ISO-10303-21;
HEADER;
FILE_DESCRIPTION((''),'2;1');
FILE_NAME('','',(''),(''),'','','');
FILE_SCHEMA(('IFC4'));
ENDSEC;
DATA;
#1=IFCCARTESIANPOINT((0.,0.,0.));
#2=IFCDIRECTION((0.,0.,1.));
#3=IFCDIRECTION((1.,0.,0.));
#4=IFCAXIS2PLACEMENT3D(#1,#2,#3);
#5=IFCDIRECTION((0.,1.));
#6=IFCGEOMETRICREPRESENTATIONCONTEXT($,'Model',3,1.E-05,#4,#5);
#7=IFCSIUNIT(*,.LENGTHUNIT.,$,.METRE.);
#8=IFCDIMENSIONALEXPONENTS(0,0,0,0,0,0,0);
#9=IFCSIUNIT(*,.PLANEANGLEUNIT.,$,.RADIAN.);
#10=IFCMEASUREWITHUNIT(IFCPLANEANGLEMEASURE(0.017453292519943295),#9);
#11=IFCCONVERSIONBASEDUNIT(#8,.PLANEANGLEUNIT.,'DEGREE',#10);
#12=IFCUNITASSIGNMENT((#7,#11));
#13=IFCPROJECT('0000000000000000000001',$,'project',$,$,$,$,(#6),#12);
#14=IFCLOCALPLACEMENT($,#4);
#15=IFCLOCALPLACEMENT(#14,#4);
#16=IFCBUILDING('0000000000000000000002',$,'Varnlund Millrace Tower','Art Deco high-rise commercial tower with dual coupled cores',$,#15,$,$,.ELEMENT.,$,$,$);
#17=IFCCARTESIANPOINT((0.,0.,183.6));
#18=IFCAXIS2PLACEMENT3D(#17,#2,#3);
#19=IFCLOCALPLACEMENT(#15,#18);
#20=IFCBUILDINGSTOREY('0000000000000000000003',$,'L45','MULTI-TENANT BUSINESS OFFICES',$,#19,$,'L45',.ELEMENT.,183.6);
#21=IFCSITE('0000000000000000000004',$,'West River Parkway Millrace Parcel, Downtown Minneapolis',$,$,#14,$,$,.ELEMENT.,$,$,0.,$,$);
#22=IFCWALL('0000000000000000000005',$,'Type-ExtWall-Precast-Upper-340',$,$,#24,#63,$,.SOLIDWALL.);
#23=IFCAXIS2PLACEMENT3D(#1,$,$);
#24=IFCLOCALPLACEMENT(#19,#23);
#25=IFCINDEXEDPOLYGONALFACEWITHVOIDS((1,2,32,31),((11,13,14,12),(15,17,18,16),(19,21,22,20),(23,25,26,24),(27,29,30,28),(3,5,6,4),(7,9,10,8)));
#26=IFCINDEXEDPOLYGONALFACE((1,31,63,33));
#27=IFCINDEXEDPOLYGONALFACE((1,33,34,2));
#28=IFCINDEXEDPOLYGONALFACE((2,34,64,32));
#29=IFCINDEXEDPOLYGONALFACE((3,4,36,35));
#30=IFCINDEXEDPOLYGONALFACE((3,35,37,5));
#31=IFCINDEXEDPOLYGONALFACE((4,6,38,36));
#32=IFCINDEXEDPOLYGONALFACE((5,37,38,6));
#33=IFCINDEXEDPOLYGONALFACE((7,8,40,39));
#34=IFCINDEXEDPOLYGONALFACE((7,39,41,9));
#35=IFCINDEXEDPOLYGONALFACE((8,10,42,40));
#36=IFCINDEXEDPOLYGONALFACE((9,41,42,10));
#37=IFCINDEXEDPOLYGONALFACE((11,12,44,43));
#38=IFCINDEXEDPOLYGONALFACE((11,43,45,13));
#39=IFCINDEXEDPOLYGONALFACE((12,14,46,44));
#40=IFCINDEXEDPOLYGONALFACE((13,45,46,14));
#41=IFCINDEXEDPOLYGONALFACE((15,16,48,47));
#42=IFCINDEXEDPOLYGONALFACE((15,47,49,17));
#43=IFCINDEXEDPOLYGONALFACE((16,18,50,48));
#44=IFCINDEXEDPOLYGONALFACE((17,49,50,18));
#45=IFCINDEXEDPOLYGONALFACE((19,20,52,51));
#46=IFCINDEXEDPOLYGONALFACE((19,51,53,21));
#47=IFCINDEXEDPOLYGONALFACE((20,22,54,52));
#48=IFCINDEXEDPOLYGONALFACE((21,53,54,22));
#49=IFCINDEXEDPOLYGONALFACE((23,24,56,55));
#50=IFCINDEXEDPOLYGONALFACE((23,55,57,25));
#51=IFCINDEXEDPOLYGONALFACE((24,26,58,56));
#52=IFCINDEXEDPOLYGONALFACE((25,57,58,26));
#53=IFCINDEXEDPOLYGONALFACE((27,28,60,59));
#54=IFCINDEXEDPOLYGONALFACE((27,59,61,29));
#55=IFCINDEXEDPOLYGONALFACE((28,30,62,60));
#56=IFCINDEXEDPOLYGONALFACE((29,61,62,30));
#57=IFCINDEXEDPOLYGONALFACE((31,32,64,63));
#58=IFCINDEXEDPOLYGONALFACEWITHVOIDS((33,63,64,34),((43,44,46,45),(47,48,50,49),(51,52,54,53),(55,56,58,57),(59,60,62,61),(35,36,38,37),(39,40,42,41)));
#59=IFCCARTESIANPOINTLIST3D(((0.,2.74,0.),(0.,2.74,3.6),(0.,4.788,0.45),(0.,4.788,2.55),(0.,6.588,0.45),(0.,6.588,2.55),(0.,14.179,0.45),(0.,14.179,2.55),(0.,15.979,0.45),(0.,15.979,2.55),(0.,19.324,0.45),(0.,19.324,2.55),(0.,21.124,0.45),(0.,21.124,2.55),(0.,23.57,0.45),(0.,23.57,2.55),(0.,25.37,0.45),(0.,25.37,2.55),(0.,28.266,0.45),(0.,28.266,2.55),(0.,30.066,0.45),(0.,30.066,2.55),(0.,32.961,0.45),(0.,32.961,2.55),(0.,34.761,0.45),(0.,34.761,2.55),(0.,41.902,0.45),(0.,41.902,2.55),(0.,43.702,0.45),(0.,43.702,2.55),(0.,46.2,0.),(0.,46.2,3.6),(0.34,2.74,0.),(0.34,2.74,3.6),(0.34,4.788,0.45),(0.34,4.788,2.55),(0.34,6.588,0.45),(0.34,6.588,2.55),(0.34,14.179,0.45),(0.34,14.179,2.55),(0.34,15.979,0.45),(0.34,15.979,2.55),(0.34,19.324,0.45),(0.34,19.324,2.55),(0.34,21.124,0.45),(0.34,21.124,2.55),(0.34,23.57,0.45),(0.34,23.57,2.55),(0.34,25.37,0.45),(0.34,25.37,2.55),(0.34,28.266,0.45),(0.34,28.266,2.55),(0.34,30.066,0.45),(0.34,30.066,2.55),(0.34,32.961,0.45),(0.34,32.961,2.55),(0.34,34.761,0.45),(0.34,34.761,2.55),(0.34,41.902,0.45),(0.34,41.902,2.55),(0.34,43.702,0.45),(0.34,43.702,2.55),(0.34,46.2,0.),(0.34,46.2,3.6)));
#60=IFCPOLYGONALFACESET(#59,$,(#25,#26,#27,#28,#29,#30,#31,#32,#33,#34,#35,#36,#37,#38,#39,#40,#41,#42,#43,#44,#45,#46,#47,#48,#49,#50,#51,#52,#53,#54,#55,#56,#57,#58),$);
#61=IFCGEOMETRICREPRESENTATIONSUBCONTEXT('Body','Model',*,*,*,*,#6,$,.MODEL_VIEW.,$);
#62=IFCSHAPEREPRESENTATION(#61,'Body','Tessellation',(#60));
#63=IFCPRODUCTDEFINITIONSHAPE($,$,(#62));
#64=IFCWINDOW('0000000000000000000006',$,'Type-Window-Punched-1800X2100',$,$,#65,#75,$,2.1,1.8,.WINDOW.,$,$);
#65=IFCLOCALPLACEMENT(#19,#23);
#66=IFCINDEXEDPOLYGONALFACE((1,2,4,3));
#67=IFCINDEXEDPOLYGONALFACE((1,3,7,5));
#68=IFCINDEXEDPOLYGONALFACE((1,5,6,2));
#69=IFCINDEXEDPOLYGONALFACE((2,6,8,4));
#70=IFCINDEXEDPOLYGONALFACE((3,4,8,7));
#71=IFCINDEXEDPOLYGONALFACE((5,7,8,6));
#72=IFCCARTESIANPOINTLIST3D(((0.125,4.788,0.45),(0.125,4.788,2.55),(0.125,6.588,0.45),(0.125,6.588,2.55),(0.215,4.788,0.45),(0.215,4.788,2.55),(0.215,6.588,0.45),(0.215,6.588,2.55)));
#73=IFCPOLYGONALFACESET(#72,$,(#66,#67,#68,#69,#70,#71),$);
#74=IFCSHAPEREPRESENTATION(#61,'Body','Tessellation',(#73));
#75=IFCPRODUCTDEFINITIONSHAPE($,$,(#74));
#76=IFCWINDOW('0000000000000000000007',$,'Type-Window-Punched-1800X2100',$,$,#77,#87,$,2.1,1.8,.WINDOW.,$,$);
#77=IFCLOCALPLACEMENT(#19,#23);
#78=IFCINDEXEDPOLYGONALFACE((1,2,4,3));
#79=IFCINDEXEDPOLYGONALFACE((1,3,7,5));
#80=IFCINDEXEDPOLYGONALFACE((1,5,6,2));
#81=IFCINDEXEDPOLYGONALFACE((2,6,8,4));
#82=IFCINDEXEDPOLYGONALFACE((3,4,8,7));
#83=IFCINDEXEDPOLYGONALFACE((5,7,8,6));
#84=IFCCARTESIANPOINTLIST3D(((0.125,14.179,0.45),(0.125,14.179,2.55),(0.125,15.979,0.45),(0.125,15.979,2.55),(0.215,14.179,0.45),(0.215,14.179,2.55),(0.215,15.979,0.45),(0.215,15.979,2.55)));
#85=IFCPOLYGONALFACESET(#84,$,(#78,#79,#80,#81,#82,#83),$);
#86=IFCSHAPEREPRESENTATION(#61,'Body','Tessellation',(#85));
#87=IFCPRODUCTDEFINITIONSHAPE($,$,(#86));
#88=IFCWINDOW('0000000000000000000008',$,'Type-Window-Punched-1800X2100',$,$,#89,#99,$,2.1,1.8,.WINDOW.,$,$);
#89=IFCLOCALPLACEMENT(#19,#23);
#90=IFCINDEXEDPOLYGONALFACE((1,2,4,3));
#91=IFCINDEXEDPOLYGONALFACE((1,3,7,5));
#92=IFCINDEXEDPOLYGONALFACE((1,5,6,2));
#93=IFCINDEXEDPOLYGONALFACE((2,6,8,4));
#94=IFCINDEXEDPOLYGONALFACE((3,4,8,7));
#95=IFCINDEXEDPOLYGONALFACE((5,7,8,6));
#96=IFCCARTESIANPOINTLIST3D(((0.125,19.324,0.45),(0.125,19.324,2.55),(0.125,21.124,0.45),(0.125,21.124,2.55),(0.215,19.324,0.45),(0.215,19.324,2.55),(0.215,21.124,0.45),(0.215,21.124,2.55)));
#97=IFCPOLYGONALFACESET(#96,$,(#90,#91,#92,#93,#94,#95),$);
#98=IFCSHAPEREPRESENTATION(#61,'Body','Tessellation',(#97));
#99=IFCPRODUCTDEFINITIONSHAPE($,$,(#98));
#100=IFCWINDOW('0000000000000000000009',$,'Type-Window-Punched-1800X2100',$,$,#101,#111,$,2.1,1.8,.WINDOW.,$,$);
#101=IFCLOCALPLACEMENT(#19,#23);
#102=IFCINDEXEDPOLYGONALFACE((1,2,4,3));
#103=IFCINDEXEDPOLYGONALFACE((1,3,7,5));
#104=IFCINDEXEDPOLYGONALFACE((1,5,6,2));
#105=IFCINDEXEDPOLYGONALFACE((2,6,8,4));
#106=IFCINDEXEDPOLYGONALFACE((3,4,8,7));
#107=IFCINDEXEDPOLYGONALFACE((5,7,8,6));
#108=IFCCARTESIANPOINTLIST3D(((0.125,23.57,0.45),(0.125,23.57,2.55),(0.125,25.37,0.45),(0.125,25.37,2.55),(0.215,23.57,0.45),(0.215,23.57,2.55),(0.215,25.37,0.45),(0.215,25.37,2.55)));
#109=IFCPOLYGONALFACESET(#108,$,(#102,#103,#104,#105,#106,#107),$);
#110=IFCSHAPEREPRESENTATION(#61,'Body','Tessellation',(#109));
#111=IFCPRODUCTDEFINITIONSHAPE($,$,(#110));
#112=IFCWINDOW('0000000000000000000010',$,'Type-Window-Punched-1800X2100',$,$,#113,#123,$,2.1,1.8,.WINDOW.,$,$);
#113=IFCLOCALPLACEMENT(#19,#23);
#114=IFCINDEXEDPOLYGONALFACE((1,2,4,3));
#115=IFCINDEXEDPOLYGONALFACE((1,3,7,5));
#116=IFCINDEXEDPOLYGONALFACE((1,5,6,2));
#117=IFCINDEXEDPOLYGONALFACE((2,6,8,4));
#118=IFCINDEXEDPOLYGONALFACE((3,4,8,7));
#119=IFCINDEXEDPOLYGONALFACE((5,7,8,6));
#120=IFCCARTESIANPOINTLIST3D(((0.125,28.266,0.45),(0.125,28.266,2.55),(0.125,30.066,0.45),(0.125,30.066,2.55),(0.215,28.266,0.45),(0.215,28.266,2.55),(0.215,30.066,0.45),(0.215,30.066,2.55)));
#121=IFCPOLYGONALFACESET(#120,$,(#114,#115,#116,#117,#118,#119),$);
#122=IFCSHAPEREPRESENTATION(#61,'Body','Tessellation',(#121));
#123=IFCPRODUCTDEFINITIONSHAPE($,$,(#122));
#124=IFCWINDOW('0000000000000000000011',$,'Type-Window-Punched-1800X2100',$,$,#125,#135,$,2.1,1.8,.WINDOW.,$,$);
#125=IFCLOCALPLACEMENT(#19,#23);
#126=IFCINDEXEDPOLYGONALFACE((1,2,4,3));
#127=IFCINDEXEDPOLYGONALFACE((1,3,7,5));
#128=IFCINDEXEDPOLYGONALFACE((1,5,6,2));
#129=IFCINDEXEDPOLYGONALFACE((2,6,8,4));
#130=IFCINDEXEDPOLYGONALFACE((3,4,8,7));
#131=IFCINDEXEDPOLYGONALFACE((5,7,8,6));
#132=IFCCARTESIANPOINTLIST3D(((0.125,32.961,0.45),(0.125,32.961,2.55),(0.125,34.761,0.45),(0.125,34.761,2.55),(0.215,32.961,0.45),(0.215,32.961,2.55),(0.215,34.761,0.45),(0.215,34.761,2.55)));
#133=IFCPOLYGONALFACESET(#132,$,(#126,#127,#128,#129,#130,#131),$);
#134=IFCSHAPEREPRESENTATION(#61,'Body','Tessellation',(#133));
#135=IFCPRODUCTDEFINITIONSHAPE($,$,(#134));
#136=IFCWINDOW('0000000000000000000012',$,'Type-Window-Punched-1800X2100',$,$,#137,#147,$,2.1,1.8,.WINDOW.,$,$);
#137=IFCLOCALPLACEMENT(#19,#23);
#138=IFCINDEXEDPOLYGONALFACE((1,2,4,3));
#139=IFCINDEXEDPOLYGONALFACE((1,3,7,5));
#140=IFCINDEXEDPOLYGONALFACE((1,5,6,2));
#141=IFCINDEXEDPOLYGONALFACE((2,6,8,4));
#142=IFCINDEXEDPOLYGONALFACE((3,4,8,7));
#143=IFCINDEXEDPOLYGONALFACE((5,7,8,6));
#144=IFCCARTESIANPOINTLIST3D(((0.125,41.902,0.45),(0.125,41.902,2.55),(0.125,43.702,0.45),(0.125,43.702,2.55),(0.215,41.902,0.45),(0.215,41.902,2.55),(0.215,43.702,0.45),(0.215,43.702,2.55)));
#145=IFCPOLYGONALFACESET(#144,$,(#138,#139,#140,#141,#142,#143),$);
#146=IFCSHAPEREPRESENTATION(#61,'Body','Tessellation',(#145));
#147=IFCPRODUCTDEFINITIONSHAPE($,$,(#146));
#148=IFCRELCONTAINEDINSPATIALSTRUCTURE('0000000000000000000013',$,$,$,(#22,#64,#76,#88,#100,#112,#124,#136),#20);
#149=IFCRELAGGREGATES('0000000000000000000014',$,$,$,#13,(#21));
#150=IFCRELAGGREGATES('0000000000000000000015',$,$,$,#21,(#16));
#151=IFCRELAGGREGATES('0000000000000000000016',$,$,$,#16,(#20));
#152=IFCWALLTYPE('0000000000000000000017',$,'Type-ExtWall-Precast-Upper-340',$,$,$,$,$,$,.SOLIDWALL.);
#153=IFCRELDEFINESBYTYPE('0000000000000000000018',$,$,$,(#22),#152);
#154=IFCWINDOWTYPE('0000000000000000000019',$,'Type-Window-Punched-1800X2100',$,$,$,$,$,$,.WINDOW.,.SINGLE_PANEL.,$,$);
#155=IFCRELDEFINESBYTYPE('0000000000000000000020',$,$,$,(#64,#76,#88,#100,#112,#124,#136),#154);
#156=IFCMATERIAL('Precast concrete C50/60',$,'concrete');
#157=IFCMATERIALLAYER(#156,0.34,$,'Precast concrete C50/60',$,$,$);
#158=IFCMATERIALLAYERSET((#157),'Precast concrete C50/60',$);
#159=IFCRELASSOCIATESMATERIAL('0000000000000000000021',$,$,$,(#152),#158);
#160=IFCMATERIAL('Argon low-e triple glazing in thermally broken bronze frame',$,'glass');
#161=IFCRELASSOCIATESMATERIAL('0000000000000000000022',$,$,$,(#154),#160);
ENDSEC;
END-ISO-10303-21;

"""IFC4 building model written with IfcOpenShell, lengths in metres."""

from ifc_helpers import new_model, entity, si_unit, converted_unit, direction, frame, origin_with_axes, origin_2d_with_axis, place, context, subcontext, project, spatial, polyline, rectangle, outline, extrude, material, layer, layer_set, type_object, element, fill, save


model = new_model("IFC4")

# Units and contexts
model_context = context("Model", 3, precision=1e-05, world=origin_with_axes(), true_north=direction((0.0, 1.0)))
body_context = subcontext(model_context, "Body", "Model", "MODEL_VIEW")
ifc_project = project(units=[si_unit("LENGTHUNIT", "METRE"), converted_unit("PLANEANGLEUNIT", "DEGREE", entity("IfcPlaneAngleMeasure", 0.017453292519943295), si_unit("PLANEANGLEUNIT", "RADIAN"), dimensions=[0, 0, 0, 0, 0, 0, 0])], contexts=[model_context])

# Site, building, storey
site_placement = place(None, origin_with_axes())
site = spatial("IfcSite", under=ifc_project, at=site_placement, Name="West River Parkway Millrace Parcel, Downtown Minneapolis", CompositionType="ELEMENT", RefElevation=0.0)
building_placement = place(site_placement, origin_with_axes())
building = spatial("IfcBuilding", under=site, at=building_placement, Name="Varnlund Millrace Tower", Description="Art Deco high-rise commercial tower with dual coupled cores", CompositionType="ELEMENT")
storey_placement = place(building_placement, frame((0.0, 0.0, 183.6), z_axis=(0.0, 0.0, 1.0), x_axis=(1.0, 0.0, 0.0)))
storey = spatial("IfcBuildingStorey", under=building, at=storey_placement, Name="L45", Description="MULTI-TENANT BUSINESS OFFICES", LongName="L45", CompositionType="ELEMENT", Elevation=183.6)

# Shared definitions
ifc_material_1 = material(Name="Precast concrete C50/60", Category="concrete")
ifc_layer_1 = layer(ifc_material_1, 0.34, Name="Precast concrete C50/60")
ifc_layer_set_1 = layer_set([ifc_layer_1], Name="Precast concrete C50/60")
wall_type = type_object("IfcWallType", Name="Type-ExtWall-Precast-Upper-340", PredefinedType="SOLIDWALL", material=ifc_layer_set_1)

# Wall, openings, windows
wall_1_placement = place(storey_placement, frame((0.17, 2.74, 0.0), z_axis=(0.0, 0.0, 1.0), x_axis=(0.0, 1.0, 0.0)))
wall_1 = element("IfcWall", 1, at=wall_1_placement, inside=storey, type_object=wall_type, Name="Type-ExtWall-Precast-Upper-340", PredefinedType="SOLIDWALL", context=body_context, shape_type="SweptSolid", body=[
    extrude(outline(polyline([(0.0, -0.17), (43.46, -0.17), (43.46, 0.17), (0.0, 0.17), (0.0, -0.17)])), origin_with_axes(), (0.0, 0.0, 1.0), 3.6),
])
opening_1_placement = place(wall_1_placement, frame((2.948, 0.0, 0.45), z_axis=(0.0, 0.0, 1.0), x_axis=(1.0, 0.0, 0.0)))
opening_1 = element("IfcOpeningElement", 2, at=opening_1_placement, cuts=wall_1, PredefinedType="OPENING", context=body_context, shape_type="SweptSolid", body=[
    extrude(rectangle(XDim=1.8, YDim=0.36, at=origin_2d_with_axis()), origin_with_axes(), (0.0, 0.0, 1.0), 2.1),
])
opening_2_placement = place(wall_1_placement, frame((12.339, 0.0, 0.45), z_axis=(0.0, 0.0, 1.0), x_axis=(1.0, 0.0, 0.0)))
opening_2 = element("IfcOpeningElement", 3, at=opening_2_placement, cuts=wall_1, PredefinedType="OPENING", context=body_context, shape_type="SweptSolid", body=[
    extrude(rectangle(XDim=1.8, YDim=0.36, at=origin_2d_with_axis()), origin_with_axes(), (0.0, 0.0, 1.0), 2.1),
])
opening_3_placement = place(wall_1_placement, frame((17.484, 0.0, 0.45), z_axis=(0.0, 0.0, 1.0), x_axis=(1.0, 0.0, 0.0)))
opening_3 = element("IfcOpeningElement", 4, at=opening_3_placement, cuts=wall_1, PredefinedType="OPENING", context=body_context, shape_type="SweptSolid", body=[
    extrude(rectangle(XDim=1.8, YDim=0.36, at=origin_2d_with_axis()), origin_with_axes(), (0.0, 0.0, 1.0), 2.1),
])
opening_4_placement = place(wall_1_placement, frame((21.73, 0.0, 0.45), z_axis=(0.0, 0.0, 1.0), x_axis=(1.0, 0.0, 0.0)))
opening_4 = element("IfcOpeningElement", 5, at=opening_4_placement, cuts=wall_1, PredefinedType="OPENING", context=body_context, shape_type="SweptSolid", body=[
    extrude(rectangle(XDim=1.8, YDim=0.36, at=origin_2d_with_axis()), origin_with_axes(), (0.0, 0.0, 1.0), 2.1),
])
opening_5_placement = place(wall_1_placement, frame((26.426, 0.0, 0.45), z_axis=(0.0, 0.0, 1.0), x_axis=(1.0, 0.0, 0.0)))
opening_5 = element("IfcOpeningElement", 6, at=opening_5_placement, cuts=wall_1, PredefinedType="OPENING", context=body_context, shape_type="SweptSolid", body=[
    extrude(rectangle(XDim=1.8, YDim=0.36, at=origin_2d_with_axis()), origin_with_axes(), (0.0, 0.0, 1.0), 2.1),
])
opening_6_placement = place(wall_1_placement, frame((31.121, 0.0, 0.45), z_axis=(0.0, 0.0, 1.0), x_axis=(1.0, 0.0, 0.0)))
opening_6 = element("IfcOpeningElement", 7, at=opening_6_placement, cuts=wall_1, PredefinedType="OPENING", context=body_context, shape_type="SweptSolid", body=[
    extrude(rectangle(XDim=1.8, YDim=0.36, at=origin_2d_with_axis()), origin_with_axes(), (0.0, 0.0, 1.0), 2.1),
])
opening_7_placement = place(wall_1_placement, frame((40.062, 0.0, 0.45), z_axis=(0.0, 0.0, 1.0), x_axis=(1.0, 0.0, 0.0)))
opening_7 = element("IfcOpeningElement", 8, at=opening_7_placement, cuts=wall_1, PredefinedType="OPENING", context=body_context, shape_type="SweptSolid", body=[
    extrude(rectangle(XDim=1.8, YDim=0.36, at=origin_2d_with_axis()), origin_with_axes(), (0.0, 0.0, 1.0), 2.1),
])
ifc_material_2 = material(Name="Argon low-e triple glazing in thermally broken bronze frame", Category="glass")
window_type = type_object("IfcWindowType", Name="Type-Window-Punched-1800X2100", PartitioningType="SINGLE_PANEL", PredefinedType="WINDOW", material=ifc_material_2)
window_1_placement = place(wall_1_placement, frame((2.948, 0.0, 0.45), z_axis=(0.0, 0.0, 1.0), x_axis=(1.0, 0.0, 0.0)))
window_1 = element("IfcWindow", 9, at=window_1_placement, inside=storey, type_object=window_type, Name="Type-Window-Punched-1800X2100", OverallHeight=2.1, OverallWidth=1.8, PredefinedType="WINDOW", context=body_context, shape_type="SweptSolid", body=[
    extrude(rectangle(XDim=1.8, YDim=0.09, at=origin_2d_with_axis()), origin_with_axes(), (0.0, 0.0, 1.0), 2.1),
])
fill(opening_1, window_1)
window_2_placement = place(wall_1_placement, frame((12.339, 0.0, 0.45), z_axis=(0.0, 0.0, 1.0), x_axis=(1.0, 0.0, 0.0)))
window_2 = element("IfcWindow", 10, at=window_2_placement, inside=storey, type_object=window_type, Name="Type-Window-Punched-1800X2100", OverallHeight=2.1, OverallWidth=1.8, PredefinedType="WINDOW", context=body_context, shape_type="SweptSolid", body=[
    extrude(rectangle(XDim=1.8, YDim=0.09, at=origin_2d_with_axis()), origin_with_axes(), (0.0, 0.0, 1.0), 2.1),
])
fill(opening_2, window_2)
window_3_placement = place(wall_1_placement, frame((17.484, 0.0, 0.45), z_axis=(0.0, 0.0, 1.0), x_axis=(1.0, 0.0, 0.0)))
window_3 = element("IfcWindow", 11, at=window_3_placement, inside=storey, type_object=window_type, Name="Type-Window-Punched-1800X2100", OverallHeight=2.1, OverallWidth=1.8, PredefinedType="WINDOW", context=body_context, shape_type="SweptSolid", body=[
    extrude(rectangle(XDim=1.8, YDim=0.09, at=origin_2d_with_axis()), origin_with_axes(), (0.0, 0.0, 1.0), 2.1),
])
fill(opening_3, window_3)
window_4_placement = place(wall_1_placement, frame((21.73, 0.0, 0.45), z_axis=(0.0, 0.0, 1.0), x_axis=(1.0, 0.0, 0.0)))
window_4 = element("IfcWindow", 12, at=window_4_placement, inside=storey, type_object=window_type, Name="Type-Window-Punched-1800X2100", OverallHeight=2.1, OverallWidth=1.8, PredefinedType="WINDOW", context=body_context, shape_type="SweptSolid", body=[
    extrude(rectangle(XDim=1.8, YDim=0.09, at=origin_2d_with_axis()), origin_with_axes(), (0.0, 0.0, 1.0), 2.1),
])
fill(opening_4, window_4)
window_5_placement = place(wall_1_placement, frame((26.426, 0.0, 0.45), z_axis=(0.0, 0.0, 1.0), x_axis=(1.0, 0.0, 0.0)))
window_5 = element("IfcWindow", 13, at=window_5_placement, inside=storey, type_object=window_type, Name="Type-Window-Punched-1800X2100", OverallHeight=2.1, OverallWidth=1.8, PredefinedType="WINDOW", context=body_context, shape_type="SweptSolid", body=[
    extrude(rectangle(XDim=1.8, YDim=0.09, at=origin_2d_with_axis()), origin_with_axes(), (0.0, 0.0, 1.0), 2.1),
])
fill(opening_5, window_5)
window_6_placement = place(wall_1_placement, frame((31.121, 0.0, 0.45), z_axis=(0.0, 0.0, 1.0), x_axis=(1.0, 0.0, 0.0)))
window_6 = element("IfcWindow", 14, at=window_6_placement, inside=storey, type_object=window_type, Name="Type-Window-Punched-1800X2100", OverallHeight=2.1, OverallWidth=1.8, PredefinedType="WINDOW", context=body_context, shape_type="SweptSolid", body=[
    extrude(rectangle(XDim=1.8, YDim=0.09, at=origin_2d_with_axis()), origin_with_axes(), (0.0, 0.0, 1.0), 2.1),
])
fill(opening_6, window_6)
window_7_placement = place(wall_1_placement, frame((40.062, 0.0, 0.45), z_axis=(0.0, 0.0, 1.0), x_axis=(1.0, 0.0, 0.0)))
window_7 = element("IfcWindow", 15, at=window_7_placement, inside=storey, type_object=window_type, Name="Type-Window-Punched-1800X2100", OverallHeight=2.1, OverallWidth=1.8, PredefinedType="WINDOW", context=body_context, shape_type="SweptSolid", body=[
    extrude(rectangle(XDim=1.8, YDim=0.09, at=origin_2d_with_axis()), origin_with_axes(), (0.0, 0.0, 1.0), 2.1),
])
fill(opening_7, window_7)

save(model, "model.ifc")
